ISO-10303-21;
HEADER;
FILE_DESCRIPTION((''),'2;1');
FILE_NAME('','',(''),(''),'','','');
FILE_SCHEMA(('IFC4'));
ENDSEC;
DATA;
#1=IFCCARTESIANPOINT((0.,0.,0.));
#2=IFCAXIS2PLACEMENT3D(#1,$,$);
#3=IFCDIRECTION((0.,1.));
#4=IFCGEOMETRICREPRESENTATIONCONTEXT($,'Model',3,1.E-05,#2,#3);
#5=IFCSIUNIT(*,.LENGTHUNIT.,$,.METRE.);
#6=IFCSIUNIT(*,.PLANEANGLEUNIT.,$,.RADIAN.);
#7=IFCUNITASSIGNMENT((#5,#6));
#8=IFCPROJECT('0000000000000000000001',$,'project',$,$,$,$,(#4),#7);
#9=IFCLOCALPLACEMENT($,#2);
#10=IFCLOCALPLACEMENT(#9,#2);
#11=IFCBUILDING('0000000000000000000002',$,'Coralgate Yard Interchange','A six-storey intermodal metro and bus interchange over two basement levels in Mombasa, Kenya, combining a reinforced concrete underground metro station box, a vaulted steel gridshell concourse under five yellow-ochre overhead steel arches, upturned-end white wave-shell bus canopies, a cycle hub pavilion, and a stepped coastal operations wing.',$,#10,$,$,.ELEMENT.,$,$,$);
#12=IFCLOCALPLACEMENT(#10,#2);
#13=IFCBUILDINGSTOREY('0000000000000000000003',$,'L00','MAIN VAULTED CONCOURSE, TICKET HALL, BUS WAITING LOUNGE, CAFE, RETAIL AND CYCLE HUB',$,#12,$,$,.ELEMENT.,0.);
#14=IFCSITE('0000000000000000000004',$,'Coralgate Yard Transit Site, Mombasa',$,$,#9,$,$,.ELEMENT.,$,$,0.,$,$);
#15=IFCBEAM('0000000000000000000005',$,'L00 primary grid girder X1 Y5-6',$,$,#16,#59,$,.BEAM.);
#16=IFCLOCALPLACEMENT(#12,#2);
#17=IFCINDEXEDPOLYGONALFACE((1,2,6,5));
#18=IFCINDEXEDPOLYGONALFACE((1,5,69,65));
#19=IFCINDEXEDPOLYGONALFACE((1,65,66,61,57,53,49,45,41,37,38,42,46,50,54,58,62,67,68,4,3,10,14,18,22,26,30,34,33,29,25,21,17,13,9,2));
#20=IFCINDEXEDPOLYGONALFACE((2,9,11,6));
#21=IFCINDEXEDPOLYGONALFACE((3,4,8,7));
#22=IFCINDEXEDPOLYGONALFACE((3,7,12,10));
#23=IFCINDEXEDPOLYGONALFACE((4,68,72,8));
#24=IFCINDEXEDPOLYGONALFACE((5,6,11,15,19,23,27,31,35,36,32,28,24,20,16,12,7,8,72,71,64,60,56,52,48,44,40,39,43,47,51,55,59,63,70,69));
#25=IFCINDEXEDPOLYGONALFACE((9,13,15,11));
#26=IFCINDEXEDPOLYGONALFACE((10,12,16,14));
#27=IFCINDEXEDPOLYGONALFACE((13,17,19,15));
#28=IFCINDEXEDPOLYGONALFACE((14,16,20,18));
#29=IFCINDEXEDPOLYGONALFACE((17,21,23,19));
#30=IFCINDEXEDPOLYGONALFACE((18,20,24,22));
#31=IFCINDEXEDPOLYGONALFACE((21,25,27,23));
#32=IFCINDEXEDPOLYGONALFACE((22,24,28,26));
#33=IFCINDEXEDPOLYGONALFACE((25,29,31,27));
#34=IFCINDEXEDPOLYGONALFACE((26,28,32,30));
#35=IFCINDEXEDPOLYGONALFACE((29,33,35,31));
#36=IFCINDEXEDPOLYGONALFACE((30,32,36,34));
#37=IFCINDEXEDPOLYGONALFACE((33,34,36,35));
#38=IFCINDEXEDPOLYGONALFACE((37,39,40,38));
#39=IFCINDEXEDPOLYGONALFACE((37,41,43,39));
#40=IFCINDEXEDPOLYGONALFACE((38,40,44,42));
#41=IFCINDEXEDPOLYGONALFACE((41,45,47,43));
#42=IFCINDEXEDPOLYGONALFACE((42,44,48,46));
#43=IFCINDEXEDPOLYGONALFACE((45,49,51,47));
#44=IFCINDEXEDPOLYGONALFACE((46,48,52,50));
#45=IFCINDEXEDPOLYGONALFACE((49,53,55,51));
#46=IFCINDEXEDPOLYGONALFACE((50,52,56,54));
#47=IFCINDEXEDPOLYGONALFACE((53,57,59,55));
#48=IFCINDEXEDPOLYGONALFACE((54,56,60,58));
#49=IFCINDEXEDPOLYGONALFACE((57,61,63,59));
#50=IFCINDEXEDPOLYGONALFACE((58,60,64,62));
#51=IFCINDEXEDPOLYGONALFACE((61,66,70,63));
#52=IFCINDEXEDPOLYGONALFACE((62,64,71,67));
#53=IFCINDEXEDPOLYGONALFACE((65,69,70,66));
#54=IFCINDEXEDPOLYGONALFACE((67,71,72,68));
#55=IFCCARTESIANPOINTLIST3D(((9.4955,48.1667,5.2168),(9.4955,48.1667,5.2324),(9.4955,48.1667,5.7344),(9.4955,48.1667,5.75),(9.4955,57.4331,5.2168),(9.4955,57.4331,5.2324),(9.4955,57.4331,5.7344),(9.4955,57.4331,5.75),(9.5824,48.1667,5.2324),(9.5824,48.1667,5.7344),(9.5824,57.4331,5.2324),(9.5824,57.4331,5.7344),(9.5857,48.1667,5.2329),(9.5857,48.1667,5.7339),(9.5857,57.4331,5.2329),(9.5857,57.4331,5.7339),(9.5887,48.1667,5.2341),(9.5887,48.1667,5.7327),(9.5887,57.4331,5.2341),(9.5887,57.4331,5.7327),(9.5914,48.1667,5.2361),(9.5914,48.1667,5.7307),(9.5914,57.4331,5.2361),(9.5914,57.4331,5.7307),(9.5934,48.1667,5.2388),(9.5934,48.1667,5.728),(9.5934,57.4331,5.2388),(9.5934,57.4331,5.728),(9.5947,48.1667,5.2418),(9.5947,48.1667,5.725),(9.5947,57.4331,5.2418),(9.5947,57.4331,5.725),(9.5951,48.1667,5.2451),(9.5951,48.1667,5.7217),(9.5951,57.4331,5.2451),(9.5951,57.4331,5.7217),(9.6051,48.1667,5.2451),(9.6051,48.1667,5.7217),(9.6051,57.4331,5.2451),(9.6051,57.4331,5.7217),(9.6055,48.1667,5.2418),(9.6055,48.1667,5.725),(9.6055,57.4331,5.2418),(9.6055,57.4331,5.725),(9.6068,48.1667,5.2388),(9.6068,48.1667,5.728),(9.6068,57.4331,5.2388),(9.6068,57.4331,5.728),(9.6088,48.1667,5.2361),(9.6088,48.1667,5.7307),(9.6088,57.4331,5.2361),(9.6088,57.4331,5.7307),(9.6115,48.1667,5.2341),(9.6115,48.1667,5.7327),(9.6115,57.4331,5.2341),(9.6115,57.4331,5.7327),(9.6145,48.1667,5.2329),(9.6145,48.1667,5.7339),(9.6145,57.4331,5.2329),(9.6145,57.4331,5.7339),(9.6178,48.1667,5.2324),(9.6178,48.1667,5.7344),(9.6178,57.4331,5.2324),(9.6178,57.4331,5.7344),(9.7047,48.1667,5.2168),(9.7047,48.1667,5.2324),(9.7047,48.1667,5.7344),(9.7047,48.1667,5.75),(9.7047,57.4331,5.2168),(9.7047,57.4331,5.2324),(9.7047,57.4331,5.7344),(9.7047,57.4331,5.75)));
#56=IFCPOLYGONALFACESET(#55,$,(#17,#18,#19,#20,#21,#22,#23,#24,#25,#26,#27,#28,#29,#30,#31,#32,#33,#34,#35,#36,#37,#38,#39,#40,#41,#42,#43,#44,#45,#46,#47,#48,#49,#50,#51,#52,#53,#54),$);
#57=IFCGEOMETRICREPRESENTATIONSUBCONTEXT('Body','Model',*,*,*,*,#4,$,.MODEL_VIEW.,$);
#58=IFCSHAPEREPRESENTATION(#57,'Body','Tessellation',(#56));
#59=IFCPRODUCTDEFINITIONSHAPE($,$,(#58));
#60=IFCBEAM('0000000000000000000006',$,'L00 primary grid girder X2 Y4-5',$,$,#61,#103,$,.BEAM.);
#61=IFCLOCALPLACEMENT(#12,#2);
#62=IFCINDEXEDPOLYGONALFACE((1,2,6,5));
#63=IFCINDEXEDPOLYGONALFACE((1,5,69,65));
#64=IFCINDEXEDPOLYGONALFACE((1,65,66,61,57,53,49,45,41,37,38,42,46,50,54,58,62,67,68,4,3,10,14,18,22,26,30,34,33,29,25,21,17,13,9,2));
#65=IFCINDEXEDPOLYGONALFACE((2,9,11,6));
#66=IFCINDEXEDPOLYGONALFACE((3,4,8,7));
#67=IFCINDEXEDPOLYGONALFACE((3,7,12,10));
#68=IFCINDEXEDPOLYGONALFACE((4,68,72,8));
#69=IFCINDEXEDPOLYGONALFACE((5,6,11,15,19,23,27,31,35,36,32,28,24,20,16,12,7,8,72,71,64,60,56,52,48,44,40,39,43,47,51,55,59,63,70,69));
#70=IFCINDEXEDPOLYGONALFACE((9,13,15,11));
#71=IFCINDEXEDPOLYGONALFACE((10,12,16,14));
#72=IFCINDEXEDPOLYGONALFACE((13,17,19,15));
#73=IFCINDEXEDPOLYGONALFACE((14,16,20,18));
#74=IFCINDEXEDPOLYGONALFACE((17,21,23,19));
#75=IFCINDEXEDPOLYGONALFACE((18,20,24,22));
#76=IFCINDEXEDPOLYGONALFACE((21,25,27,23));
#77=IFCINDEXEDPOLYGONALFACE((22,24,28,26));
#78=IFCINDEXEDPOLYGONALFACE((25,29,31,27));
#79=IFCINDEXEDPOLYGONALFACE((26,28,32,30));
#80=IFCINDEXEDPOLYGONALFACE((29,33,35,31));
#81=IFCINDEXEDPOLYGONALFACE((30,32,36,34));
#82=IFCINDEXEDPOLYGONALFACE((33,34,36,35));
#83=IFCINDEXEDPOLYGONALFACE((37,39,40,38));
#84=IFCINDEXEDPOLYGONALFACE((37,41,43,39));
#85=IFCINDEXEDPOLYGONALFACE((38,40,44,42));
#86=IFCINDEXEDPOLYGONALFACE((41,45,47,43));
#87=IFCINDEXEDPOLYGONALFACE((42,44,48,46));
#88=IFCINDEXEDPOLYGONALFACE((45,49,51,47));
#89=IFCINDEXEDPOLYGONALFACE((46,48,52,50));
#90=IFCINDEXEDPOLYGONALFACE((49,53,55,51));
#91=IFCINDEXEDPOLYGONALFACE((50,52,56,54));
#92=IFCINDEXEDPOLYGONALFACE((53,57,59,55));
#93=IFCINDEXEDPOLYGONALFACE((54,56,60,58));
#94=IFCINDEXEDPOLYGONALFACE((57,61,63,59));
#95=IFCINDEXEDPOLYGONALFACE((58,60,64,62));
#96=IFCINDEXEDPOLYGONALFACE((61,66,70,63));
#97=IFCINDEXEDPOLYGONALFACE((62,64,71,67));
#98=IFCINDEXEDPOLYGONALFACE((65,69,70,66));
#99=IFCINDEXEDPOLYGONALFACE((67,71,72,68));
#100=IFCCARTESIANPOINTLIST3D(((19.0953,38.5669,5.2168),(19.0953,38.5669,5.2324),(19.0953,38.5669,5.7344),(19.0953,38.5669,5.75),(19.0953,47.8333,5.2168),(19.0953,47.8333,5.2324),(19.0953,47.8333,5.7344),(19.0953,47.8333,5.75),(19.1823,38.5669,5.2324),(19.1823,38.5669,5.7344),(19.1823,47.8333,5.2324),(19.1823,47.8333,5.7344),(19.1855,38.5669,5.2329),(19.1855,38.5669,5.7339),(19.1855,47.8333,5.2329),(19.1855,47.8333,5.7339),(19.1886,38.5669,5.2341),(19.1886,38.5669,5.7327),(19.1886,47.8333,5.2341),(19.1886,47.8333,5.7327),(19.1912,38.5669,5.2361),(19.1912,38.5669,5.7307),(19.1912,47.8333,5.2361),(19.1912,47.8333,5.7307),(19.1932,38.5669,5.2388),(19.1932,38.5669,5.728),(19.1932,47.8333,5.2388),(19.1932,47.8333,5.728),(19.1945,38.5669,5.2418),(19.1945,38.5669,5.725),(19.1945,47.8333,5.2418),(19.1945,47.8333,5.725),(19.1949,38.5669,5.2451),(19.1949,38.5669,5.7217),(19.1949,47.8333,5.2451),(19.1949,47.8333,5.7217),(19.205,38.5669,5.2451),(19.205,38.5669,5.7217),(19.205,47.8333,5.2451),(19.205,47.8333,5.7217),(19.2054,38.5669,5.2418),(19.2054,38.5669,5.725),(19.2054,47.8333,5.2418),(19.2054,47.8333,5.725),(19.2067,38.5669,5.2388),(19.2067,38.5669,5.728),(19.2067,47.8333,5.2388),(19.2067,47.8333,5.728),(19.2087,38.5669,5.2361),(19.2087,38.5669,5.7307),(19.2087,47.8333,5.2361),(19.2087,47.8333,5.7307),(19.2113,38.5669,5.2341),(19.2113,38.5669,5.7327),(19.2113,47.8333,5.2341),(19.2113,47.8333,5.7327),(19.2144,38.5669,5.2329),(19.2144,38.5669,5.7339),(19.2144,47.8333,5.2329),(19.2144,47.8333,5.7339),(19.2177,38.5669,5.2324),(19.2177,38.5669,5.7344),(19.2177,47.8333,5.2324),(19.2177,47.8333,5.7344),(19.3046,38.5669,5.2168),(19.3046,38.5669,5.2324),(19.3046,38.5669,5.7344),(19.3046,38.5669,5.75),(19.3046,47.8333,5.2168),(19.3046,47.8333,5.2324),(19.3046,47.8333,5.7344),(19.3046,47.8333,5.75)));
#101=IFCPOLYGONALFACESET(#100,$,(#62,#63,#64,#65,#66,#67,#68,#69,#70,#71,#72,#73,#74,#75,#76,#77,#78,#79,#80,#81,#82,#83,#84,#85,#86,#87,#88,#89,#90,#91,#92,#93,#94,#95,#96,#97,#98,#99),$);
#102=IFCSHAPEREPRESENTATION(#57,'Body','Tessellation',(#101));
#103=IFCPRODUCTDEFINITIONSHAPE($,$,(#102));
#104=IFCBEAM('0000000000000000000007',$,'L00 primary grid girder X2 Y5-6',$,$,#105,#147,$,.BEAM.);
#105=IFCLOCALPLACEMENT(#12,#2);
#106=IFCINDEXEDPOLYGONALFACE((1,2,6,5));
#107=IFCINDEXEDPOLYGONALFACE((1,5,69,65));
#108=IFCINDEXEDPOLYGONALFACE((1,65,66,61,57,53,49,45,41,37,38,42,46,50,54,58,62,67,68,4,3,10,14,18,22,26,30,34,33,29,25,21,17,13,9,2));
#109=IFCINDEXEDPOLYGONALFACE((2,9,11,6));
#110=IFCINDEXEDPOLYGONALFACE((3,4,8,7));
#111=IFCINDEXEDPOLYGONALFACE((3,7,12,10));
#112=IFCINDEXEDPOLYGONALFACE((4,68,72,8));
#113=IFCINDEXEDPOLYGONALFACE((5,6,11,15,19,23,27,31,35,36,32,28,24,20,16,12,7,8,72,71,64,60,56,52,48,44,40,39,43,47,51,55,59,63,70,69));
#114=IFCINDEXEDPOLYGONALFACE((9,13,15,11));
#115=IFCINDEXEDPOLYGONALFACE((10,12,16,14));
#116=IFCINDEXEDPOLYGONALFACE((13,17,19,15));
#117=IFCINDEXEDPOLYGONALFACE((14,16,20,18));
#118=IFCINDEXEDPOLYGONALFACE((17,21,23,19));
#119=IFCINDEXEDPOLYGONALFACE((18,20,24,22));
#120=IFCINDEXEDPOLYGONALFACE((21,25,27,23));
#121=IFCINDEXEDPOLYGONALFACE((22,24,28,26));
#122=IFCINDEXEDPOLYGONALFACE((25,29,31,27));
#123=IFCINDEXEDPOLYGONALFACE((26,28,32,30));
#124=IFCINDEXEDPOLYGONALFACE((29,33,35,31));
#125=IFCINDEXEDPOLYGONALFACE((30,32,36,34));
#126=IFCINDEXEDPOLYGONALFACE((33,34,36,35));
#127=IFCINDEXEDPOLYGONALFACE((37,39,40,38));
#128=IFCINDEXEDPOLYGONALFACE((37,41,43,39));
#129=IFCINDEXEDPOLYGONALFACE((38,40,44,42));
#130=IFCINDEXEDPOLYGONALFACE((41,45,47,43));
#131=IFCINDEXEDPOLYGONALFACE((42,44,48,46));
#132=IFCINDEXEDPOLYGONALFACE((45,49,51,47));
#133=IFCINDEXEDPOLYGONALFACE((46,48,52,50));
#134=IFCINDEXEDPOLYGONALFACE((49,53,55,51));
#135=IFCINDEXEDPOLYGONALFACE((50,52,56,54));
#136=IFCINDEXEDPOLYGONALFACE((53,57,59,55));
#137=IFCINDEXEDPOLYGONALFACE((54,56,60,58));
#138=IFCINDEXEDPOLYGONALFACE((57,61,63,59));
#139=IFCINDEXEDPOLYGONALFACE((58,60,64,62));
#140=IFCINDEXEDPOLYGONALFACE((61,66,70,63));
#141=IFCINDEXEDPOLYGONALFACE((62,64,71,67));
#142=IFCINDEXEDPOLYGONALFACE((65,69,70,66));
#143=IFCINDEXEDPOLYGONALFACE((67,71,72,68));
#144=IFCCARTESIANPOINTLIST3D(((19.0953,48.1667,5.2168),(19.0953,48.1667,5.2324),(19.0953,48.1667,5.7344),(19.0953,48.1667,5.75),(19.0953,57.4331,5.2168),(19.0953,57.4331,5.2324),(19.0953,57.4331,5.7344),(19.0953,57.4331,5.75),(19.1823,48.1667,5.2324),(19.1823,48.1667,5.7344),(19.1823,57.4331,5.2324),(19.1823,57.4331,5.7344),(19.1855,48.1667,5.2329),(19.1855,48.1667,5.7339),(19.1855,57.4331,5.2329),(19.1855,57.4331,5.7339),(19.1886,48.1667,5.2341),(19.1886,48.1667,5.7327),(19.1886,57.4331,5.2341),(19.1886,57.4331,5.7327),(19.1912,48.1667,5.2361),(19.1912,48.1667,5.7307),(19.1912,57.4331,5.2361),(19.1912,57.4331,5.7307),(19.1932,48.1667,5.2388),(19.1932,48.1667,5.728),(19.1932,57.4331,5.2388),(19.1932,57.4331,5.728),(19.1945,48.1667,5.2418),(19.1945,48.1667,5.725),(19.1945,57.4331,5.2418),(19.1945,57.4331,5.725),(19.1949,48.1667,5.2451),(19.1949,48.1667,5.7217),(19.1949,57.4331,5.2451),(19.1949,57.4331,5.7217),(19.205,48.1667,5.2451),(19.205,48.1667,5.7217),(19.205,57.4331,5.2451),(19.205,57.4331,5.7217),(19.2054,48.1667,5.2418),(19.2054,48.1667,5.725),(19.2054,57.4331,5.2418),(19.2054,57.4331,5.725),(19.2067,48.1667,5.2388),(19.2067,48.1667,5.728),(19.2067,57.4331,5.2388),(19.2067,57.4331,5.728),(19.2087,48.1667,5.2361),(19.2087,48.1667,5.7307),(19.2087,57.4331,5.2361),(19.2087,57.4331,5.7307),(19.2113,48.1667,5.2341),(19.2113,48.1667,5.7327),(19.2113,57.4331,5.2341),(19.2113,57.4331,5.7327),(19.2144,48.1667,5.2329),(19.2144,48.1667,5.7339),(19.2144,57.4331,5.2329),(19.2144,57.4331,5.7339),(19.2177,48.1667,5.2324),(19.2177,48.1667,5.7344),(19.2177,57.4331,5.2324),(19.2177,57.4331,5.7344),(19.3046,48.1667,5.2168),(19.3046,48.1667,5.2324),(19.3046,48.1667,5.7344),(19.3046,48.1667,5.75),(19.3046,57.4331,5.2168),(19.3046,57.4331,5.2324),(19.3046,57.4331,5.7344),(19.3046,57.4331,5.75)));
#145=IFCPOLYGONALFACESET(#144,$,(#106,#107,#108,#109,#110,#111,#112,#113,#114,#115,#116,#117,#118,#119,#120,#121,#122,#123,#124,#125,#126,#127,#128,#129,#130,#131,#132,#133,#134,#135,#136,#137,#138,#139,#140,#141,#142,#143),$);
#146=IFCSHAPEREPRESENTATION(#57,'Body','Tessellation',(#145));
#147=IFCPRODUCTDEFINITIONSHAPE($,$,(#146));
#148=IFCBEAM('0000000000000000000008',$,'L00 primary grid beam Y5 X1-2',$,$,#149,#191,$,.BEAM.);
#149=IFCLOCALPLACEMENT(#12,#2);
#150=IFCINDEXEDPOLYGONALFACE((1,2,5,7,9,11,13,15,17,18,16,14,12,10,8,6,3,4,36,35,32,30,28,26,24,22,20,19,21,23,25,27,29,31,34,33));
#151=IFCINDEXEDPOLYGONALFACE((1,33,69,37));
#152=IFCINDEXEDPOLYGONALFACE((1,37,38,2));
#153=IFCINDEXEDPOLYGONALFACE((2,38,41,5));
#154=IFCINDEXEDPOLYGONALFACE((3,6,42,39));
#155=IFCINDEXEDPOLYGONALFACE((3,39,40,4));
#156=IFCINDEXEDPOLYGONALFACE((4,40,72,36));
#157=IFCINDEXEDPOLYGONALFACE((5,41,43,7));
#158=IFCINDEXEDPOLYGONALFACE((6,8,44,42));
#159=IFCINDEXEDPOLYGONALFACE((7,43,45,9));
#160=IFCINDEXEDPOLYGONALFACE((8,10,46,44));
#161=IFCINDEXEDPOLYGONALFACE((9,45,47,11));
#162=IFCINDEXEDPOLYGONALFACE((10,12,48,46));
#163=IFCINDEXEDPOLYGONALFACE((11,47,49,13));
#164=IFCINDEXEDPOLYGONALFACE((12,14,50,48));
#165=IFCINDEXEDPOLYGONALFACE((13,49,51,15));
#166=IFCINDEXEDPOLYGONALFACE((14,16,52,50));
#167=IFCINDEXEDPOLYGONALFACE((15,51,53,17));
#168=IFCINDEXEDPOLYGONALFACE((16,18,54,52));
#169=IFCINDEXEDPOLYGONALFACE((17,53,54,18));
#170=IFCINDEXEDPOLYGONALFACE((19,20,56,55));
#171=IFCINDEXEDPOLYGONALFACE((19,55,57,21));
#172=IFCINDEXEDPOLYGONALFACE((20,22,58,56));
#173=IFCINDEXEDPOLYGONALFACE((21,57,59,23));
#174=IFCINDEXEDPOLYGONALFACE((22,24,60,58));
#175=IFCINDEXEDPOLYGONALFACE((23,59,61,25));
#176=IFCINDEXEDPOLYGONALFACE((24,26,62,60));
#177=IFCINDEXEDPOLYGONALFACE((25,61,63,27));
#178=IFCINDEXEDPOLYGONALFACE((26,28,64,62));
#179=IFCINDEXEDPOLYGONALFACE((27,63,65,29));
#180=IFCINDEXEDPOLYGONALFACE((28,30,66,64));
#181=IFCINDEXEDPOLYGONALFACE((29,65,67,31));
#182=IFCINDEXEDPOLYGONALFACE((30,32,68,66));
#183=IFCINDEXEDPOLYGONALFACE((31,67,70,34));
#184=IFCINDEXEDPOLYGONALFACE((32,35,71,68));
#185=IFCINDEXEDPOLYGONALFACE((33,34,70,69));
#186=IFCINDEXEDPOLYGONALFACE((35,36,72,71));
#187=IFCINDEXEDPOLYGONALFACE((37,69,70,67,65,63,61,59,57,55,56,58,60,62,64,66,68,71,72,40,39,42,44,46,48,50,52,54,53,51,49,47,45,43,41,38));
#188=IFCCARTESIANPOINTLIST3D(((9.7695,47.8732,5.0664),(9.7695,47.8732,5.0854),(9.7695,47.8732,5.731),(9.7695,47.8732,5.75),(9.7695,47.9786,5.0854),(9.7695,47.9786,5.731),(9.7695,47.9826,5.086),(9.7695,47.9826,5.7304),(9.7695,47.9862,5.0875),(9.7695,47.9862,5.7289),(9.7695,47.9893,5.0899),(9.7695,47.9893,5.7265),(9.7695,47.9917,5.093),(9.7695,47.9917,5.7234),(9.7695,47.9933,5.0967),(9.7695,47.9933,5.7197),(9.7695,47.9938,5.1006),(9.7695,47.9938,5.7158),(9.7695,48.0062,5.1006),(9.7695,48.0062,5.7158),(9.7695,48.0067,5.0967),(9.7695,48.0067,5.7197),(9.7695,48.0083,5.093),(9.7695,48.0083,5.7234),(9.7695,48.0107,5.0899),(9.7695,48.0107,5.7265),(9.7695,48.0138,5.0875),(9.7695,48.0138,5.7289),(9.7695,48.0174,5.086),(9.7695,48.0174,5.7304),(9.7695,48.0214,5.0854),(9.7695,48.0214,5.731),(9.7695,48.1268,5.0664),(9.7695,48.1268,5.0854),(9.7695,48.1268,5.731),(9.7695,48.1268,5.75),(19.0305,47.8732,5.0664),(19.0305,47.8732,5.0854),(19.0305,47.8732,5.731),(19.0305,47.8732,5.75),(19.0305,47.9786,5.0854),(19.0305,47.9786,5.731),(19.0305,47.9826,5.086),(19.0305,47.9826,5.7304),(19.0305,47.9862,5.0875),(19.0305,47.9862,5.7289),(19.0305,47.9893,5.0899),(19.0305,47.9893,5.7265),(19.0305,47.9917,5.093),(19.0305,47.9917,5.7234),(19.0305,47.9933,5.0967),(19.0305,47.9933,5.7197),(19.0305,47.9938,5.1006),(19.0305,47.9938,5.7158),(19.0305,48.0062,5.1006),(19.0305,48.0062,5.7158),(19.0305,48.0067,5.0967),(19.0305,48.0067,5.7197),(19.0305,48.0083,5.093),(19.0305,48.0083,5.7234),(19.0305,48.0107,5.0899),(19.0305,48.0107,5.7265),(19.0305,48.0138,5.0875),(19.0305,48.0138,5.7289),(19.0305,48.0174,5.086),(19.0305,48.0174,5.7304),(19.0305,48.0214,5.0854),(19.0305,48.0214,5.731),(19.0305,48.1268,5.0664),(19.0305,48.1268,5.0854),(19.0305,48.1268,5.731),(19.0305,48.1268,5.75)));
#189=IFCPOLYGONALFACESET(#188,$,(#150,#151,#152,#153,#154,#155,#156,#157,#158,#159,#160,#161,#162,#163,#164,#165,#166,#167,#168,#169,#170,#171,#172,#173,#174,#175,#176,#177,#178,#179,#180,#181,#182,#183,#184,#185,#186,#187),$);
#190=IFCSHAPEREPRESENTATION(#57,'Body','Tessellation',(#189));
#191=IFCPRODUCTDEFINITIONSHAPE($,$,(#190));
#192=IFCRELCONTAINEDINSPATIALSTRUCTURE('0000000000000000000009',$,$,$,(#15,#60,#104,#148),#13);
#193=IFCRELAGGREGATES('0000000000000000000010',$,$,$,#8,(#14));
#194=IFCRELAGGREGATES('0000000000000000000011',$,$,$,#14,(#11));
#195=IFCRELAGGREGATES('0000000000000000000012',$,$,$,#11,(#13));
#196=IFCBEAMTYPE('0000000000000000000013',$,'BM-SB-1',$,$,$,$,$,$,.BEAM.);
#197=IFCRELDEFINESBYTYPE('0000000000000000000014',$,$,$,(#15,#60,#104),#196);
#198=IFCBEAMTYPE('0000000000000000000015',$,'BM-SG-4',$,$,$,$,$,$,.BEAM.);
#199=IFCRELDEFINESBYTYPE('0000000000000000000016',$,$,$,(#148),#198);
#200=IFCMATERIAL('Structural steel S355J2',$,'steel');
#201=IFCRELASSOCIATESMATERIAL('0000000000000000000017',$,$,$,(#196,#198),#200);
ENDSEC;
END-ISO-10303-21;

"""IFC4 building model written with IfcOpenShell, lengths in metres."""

from ifc_helpers import new_model, si_unit, direction, frame, origin, origin_2d, place, context, subcontext, project, spatial, i_section, extrude, material, material_profile, profile_set, type_object, element, save


model = new_model("IFC4")

# Units and contexts
model_context = context("Model", 3, precision=1e-05, world=origin(), true_north=direction((0.0, 1.0)))
body_context = subcontext(model_context, "Body", "Model", "MODEL_VIEW")
ifc_project = project(units=[si_unit("LENGTHUNIT", "METRE"), si_unit("PLANEANGLEUNIT", "RADIAN")], contexts=[model_context])

# Site, building, storey
site_placement = place(None, origin())
site = spatial("IfcSite", under=ifc_project, at=site_placement, Name="Coralgate Yard Transit Site, Mombasa", CompositionType="ELEMENT", RefElevation=0.0)
building_placement = place(site_placement, origin())
building = spatial("IfcBuilding", under=site, at=building_placement, Name="Coralgate Yard Interchange", Description="A six-storey intermodal metro and bus interchange over two basement levels in Mombasa, Kenya, combining a reinforced concrete underground metro station box, a vaulted steel gridshell concourse under five yellow-ochre overhead steel arches, upturned-end white wave-shell bus canopies, a cycle hub pavilion, and a stepped coastal operations wing.", CompositionType="ELEMENT")
storey_placement = place(building_placement, origin())
storey = spatial("IfcBuildingStorey", under=building, at=storey_placement, Name="L00", Description="MAIN VAULTED CONCOURSE, TICKET HALL, BUS WAITING LOUNGE, CAFE, RETAIL AND CYCLE HUB", CompositionType="ELEMENT", Elevation=0.0)

# Shared definitions
ifc_material_1 = material(Name="Structural steel S355J2", Category="steel")

# Beams
ifc_material_profile_1 = material_profile(ifc_material_1, i_section(OverallWidth=0.2092, OverallDepth=0.5332, WebThickness=0.01, FlangeThickness=0.0156, FilletRadius=0.0127, at=origin_2d()), Name="UB 533x210x92")
ifc_profile_set_1 = profile_set([ifc_material_profile_1], Name="Structural steel S355J2")
beam_type_1 = type_object("IfcBeamType", Name="BM-SB-1", PredefinedType="BEAM", material=ifc_profile_set_1)
for number, where, z_axis, x_axis, name in (
    (1, (9.6001, 48.1667, 5.4834), (0.0, 1.0, 0.0), (-1.0, 0.0, 0.0), "L00 primary grid girder X1 Y5-6"),
    (2, (19.2, 38.5669, 5.4834), (0.0, 1.0, 0.0), (-1.0, 0.0, 0.0), "L00 primary grid girder X2 Y4-5"),
    (3, (19.2, 48.1667, 5.4834), (0.0, 1.0, 0.0), (-1.0, 0.0, 0.0), "L00 primary grid girder X2 Y5-6"),
):
    element("IfcBeam", number, at=place(storey_placement, frame(where, z_axis=z_axis, x_axis=x_axis)), inside=storey, type_object=beam_type_1, Name=name, PredefinedType="BEAM", context=body_context, shape_type="SweptSolid", body=[
        extrude(i_section(OverallWidth=0.2092, OverallDepth=0.5332, WebThickness=0.01, FlangeThickness=0.0156, FilletRadius=0.0127, at=origin_2d()), origin(), (0.0, 0.0, 1.0), 9.2664),
    ])
ifc_material_profile_2 = material_profile(ifc_material_1, i_section(OverallWidth=0.2537, OverallDepth=0.6836, WebThickness=0.0125, FlangeThickness=0.019, FilletRadius=0.0151, at=origin_2d()), Name="UB 686x254x140")
ifc_profile_set_2 = profile_set([ifc_material_profile_2], Name="Structural steel S355J2")
beam_type_2 = type_object("IfcBeamType", Name="BM-SG-4", PredefinedType="BEAM", material=ifc_profile_set_2)
beam_1_placement = place(storey_placement, frame((9.7695, 48.0, 5.4082), z_axis=(1.0, 0.0, 0.0), x_axis=(0.0, 1.0, 0.0)))
element("IfcBeam", 4, at=beam_1_placement, inside=storey, type_object=beam_type_2, Name="L00 primary grid beam Y5 X1-2", PredefinedType="BEAM", context=body_context, shape_type="SweptSolid", body=[
    extrude(i_section(OverallWidth=0.2537, OverallDepth=0.6836, WebThickness=0.0125, FlangeThickness=0.019, FilletRadius=0.0151, at=origin_2d()), origin(), (0.0, 0.0, 1.0), 9.261),
])

save(model, "model.ifc")
